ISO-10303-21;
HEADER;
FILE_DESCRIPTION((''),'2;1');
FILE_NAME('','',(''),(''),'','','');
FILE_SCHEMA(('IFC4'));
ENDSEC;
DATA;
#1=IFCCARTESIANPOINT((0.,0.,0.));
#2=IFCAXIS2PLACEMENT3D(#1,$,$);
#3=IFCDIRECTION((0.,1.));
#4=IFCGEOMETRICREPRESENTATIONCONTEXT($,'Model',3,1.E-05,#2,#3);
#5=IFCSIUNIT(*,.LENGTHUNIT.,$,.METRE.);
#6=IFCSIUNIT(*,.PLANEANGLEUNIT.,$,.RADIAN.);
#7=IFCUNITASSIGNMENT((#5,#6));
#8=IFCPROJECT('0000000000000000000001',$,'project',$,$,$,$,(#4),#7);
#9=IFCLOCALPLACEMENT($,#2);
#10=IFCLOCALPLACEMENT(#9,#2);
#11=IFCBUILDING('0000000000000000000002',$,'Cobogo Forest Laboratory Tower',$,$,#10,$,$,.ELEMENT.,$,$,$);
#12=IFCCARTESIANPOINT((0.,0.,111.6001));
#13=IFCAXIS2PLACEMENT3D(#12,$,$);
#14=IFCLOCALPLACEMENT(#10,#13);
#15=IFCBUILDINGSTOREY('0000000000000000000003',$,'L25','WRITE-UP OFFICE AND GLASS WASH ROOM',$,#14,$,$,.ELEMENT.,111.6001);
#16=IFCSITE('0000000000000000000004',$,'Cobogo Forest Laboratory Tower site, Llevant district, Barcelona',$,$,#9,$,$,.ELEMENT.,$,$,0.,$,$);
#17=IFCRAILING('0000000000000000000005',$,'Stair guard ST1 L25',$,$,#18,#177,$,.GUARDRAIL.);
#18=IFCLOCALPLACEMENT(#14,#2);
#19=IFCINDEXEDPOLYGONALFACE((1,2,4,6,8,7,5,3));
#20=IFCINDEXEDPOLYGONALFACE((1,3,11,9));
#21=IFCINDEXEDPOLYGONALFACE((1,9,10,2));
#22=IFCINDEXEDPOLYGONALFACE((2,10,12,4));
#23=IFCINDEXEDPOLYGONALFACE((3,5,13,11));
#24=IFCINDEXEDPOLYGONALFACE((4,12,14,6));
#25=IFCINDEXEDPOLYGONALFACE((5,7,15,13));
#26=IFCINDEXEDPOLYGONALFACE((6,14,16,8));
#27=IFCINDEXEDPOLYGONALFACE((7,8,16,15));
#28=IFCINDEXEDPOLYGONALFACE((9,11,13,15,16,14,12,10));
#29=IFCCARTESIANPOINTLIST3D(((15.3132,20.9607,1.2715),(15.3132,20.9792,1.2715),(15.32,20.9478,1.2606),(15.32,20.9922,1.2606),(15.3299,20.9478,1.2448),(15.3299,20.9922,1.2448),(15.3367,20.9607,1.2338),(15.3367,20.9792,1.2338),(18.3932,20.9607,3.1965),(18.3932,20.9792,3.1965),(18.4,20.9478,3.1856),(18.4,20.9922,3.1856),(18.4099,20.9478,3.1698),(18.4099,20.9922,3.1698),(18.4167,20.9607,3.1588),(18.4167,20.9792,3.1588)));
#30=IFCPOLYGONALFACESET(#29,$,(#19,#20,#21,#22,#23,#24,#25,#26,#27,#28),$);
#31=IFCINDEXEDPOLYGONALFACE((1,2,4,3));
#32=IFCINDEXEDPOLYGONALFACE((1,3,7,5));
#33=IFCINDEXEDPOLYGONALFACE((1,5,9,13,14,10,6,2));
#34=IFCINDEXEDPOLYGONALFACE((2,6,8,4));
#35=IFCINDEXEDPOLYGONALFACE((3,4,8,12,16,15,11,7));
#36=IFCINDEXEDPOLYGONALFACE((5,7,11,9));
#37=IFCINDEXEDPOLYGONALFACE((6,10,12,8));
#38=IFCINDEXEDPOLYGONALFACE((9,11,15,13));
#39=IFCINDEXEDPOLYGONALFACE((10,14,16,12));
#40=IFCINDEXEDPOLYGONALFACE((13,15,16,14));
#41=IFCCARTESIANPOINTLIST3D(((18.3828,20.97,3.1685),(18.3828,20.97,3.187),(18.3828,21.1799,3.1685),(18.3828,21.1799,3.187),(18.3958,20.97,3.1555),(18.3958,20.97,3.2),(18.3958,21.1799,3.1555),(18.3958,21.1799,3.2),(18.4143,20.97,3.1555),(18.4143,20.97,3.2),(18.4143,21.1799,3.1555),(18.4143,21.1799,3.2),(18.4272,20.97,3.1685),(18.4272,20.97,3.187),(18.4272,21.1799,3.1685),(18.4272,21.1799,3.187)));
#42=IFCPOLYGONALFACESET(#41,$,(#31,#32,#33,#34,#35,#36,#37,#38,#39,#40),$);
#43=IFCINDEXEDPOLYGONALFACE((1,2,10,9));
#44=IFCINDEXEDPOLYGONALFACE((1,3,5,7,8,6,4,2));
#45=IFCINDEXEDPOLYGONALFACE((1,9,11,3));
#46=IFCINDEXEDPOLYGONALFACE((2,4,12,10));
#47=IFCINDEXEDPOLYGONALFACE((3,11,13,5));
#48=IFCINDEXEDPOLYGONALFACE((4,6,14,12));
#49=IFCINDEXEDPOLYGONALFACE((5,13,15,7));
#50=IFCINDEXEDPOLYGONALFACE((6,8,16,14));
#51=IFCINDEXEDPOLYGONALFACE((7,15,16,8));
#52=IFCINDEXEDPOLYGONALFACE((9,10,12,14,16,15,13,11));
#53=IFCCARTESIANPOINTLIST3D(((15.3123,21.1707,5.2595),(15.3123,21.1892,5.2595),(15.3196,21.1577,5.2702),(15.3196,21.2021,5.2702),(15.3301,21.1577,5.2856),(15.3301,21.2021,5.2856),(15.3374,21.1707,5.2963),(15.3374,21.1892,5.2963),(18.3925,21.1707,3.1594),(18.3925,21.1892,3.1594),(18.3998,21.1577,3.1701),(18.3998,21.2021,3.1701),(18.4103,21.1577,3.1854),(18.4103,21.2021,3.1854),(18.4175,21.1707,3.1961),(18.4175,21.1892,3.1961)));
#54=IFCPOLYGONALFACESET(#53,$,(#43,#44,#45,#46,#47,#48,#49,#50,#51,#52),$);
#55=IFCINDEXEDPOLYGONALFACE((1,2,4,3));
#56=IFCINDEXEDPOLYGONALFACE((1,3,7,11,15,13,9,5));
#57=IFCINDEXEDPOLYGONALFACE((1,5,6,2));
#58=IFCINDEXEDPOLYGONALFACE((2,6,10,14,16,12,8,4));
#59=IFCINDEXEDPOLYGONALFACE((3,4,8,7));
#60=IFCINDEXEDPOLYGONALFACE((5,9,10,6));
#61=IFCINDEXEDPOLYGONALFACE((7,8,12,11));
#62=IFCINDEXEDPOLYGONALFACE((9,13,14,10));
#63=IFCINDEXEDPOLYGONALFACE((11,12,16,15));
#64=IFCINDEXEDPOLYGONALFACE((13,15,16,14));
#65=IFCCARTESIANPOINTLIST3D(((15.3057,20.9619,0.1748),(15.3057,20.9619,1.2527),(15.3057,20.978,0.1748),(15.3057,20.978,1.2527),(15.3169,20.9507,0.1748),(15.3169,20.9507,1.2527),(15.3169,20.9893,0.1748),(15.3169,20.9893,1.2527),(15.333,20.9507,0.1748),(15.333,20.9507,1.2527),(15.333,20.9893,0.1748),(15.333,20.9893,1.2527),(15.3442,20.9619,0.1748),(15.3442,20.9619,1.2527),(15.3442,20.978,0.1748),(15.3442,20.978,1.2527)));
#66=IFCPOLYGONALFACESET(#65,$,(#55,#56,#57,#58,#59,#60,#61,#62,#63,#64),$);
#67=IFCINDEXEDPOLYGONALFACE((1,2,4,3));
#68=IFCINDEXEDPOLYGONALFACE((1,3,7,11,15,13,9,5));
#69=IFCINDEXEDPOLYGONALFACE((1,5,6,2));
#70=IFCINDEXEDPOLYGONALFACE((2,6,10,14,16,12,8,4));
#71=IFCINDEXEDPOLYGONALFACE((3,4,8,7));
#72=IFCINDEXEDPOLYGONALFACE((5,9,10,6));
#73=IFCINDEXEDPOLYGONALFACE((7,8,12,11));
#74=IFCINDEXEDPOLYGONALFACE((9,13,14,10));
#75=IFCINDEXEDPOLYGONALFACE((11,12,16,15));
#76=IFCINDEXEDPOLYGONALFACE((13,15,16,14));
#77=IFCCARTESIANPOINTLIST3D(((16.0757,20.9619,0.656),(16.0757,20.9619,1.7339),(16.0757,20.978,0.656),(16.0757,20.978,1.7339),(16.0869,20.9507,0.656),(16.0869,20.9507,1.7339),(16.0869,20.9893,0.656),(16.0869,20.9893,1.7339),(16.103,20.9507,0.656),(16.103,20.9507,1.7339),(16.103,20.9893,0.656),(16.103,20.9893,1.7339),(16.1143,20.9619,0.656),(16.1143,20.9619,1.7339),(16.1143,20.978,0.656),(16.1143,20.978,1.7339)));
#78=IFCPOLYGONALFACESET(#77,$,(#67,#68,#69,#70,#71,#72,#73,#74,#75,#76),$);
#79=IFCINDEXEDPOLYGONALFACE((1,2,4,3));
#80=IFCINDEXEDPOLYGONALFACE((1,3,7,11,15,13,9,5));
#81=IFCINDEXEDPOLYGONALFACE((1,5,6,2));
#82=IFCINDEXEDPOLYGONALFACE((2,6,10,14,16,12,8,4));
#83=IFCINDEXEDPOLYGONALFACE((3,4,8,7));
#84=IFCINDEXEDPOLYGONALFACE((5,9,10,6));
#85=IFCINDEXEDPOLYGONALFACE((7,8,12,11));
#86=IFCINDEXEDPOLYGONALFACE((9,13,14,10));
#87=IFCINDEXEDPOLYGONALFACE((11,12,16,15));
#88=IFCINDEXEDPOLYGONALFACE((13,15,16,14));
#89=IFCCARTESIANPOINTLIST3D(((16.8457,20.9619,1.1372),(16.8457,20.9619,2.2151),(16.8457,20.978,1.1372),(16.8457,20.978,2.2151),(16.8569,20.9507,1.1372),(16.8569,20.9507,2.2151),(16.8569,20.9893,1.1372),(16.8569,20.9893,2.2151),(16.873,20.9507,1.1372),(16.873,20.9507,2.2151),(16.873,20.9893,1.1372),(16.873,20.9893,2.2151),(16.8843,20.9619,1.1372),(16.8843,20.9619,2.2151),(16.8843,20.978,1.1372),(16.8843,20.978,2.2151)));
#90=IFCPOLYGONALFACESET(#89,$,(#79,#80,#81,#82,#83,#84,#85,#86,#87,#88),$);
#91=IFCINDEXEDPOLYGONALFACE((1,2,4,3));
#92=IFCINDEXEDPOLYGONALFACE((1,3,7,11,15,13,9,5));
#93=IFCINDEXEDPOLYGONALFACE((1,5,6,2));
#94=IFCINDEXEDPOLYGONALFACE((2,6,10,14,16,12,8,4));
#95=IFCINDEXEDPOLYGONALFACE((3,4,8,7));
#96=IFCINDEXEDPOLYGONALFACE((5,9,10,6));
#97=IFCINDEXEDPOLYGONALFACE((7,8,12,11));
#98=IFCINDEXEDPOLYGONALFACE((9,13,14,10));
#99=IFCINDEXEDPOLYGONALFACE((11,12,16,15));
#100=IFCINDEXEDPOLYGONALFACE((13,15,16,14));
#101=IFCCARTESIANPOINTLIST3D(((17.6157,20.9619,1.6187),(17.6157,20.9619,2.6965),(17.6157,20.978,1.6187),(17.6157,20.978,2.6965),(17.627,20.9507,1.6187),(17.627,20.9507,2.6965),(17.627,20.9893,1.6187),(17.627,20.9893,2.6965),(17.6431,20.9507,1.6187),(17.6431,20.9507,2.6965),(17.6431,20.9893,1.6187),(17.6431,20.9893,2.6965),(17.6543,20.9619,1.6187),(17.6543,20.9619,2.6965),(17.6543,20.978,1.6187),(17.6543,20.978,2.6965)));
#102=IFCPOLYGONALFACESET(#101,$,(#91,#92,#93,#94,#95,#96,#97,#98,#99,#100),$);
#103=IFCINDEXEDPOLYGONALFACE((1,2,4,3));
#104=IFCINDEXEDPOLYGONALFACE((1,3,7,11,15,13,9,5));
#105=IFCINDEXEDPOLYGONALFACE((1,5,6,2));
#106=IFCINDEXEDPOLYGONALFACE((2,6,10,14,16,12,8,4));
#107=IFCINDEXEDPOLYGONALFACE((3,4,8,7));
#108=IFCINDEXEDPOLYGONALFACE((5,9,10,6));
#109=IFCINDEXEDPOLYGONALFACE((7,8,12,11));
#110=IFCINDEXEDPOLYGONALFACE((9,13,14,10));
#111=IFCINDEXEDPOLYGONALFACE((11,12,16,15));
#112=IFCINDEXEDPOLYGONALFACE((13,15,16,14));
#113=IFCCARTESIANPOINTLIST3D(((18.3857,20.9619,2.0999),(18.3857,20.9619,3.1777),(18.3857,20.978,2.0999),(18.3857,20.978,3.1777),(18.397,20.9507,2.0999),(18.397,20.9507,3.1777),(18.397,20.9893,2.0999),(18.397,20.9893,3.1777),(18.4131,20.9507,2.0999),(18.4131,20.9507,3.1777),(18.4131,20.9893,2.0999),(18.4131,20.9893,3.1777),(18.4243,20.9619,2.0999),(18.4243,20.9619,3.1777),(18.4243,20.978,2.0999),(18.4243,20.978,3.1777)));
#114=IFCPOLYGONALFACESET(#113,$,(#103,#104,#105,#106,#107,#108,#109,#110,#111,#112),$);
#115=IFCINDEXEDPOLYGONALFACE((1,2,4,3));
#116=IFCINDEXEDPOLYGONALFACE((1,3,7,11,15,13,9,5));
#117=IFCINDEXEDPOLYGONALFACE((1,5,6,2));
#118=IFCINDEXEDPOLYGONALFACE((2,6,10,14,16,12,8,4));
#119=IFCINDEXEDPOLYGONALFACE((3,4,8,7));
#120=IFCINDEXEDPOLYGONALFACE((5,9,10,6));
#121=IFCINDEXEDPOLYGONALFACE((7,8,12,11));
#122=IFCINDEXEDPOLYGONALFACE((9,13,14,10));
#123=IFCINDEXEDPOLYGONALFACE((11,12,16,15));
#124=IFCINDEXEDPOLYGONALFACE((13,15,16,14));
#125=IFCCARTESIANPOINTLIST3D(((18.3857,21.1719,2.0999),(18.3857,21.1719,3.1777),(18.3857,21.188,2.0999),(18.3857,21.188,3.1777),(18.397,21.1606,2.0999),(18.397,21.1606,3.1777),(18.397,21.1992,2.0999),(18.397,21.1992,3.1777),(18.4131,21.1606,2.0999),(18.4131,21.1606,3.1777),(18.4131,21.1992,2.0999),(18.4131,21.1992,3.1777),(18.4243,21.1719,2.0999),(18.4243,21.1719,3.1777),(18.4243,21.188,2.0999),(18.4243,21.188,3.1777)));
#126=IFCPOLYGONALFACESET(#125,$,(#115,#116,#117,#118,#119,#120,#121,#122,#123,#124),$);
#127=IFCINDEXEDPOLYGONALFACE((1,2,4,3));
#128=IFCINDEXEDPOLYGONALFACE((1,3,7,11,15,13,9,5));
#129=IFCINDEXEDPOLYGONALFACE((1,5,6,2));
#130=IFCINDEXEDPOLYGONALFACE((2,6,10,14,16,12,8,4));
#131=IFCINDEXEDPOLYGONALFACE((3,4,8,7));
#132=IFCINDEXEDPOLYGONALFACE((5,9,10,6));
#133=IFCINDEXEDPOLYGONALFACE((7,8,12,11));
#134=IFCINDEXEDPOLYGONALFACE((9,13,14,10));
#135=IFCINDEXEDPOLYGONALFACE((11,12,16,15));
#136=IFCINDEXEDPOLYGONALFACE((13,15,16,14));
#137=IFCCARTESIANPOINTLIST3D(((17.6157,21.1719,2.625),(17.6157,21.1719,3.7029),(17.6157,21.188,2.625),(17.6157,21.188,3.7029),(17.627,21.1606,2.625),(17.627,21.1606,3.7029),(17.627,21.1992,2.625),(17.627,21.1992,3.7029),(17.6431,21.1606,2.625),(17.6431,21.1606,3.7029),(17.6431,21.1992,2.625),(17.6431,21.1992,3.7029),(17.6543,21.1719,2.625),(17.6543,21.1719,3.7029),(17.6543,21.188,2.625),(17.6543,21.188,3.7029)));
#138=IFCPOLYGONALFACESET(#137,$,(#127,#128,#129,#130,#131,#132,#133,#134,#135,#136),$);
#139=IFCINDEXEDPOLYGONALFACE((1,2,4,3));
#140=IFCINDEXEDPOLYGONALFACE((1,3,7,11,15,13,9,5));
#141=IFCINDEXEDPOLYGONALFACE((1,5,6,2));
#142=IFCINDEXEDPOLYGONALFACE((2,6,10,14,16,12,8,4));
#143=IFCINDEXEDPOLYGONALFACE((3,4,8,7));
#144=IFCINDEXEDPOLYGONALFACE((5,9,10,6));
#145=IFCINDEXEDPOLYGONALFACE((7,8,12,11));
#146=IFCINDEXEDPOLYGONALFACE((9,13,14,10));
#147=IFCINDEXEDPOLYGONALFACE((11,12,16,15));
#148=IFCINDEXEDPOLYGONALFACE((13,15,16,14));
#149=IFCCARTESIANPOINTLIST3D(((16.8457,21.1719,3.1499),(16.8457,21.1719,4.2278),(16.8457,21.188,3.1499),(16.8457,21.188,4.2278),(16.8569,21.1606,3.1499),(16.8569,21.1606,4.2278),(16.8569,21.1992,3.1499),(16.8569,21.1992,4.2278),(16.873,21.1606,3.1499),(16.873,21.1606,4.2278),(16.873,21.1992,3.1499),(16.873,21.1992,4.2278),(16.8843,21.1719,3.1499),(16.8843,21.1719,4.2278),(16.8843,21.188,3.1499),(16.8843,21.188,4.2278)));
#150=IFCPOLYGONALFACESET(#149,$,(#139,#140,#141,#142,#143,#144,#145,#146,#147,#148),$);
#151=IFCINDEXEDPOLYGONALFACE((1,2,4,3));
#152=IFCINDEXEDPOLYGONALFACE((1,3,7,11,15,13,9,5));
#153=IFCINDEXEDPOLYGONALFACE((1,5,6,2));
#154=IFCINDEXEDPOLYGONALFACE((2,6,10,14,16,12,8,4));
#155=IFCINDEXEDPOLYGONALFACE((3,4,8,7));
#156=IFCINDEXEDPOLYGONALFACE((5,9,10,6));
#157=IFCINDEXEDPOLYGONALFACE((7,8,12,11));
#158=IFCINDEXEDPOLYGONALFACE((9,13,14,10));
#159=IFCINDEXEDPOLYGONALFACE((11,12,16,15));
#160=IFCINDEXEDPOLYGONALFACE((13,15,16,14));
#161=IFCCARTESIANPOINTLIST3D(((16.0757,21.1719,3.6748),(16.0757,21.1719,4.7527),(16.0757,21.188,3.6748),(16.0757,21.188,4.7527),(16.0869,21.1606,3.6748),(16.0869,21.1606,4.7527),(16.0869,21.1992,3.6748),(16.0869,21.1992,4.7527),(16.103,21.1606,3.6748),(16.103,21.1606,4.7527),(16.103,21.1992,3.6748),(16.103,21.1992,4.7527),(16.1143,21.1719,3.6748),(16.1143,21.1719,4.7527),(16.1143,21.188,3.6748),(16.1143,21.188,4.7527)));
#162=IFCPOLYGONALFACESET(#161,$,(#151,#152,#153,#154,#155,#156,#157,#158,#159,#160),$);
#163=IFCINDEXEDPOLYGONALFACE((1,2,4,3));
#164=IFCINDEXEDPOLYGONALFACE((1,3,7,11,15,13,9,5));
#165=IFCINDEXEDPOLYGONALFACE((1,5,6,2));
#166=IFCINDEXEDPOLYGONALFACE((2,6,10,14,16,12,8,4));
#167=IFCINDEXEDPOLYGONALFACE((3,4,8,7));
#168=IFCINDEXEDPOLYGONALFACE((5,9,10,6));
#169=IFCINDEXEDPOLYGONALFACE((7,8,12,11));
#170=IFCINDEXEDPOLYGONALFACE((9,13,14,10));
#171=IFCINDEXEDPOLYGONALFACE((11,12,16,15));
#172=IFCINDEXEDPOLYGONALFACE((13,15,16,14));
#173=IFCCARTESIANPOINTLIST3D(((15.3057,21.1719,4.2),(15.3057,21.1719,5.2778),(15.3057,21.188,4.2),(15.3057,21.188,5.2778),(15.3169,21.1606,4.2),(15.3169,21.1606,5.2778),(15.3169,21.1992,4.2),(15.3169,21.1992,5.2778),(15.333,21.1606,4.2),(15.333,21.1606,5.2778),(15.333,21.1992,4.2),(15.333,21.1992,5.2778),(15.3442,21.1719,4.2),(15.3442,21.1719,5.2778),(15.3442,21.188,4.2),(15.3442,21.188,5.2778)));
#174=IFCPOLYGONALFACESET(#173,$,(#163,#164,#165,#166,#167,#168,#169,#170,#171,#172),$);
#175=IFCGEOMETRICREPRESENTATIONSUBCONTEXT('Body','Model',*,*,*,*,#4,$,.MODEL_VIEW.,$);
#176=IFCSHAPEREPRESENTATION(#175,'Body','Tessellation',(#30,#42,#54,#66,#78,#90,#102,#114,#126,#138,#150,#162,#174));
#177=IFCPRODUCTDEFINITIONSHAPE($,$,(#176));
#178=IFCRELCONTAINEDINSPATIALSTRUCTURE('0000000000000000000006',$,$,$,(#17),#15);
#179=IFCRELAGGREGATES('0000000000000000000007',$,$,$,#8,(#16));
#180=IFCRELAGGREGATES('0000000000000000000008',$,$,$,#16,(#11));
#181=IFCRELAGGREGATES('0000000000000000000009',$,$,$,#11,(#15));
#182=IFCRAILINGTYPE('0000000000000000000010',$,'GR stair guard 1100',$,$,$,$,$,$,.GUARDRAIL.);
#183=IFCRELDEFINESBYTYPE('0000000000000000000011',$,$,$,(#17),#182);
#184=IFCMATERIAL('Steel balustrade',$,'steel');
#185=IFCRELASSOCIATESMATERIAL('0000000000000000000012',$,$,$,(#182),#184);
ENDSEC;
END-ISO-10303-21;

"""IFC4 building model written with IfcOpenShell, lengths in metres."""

from ifc_helpers import new_model, si_unit, direction, frame, origin, place, context, subcontext, project, spatial, polyline, outline, extrude, material, type_object, element, save


model = new_model("IFC4")

# Units and contexts
model_context = context("Model", 3, precision=1e-05, world=origin(), true_north=direction((0.0, 1.0)))
body_context = subcontext(model_context, "Body", "Model", "MODEL_VIEW")
ifc_project = project(units=[si_unit("LENGTHUNIT", "METRE"), si_unit("PLANEANGLEUNIT", "RADIAN")], contexts=[model_context])

# Site, building, storey
site_placement = place(None, origin())
site = spatial("IfcSite", under=ifc_project, at=site_placement, Name="Cobogo Forest Laboratory Tower site, Llevant district, Barcelona", CompositionType="ELEMENT", RefElevation=0.0)
building_placement = place(site_placement, origin())
building = spatial("IfcBuilding", under=site, at=building_placement, Name="Cobogo Forest Laboratory Tower", CompositionType="ELEMENT")
storey_placement = place(building_placement, frame((0.0, 0.0, 111.6001)))
storey = spatial("IfcBuildingStorey", under=building, at=storey_placement, Name="L25", Description="WRITE-UP OFFICE AND GLASS WASH ROOM", CompositionType="ELEMENT", Elevation=111.6001)

# Railing
ifc_material_1 = material(Name="Steel balustrade", Category="steel")
railing_type_1 = type_object("IfcRailingType", Name="GR stair guard 1100", PredefinedType="GUARDRAIL", material=ifc_material_1)
railing_1_placement = place(storey_placement, frame((15.325, 20.97, 0.1748)))
element("IfcRailing", 1, at=railing_1_placement, inside=storey, type_object=railing_type_1, Name="Stair guard ST1 L25", PredefinedType="GUARDRAIL", context=body_context, shape_type="SweptSolid", body=[
    extrude(outline(polyline([(0.0222, 0.0093), (0.0093, 0.0222), (-0.0093, 0.0222), (-0.0222, 0.0093), (-0.0222, -0.0093), (-0.0093, -0.0222), (0.0093, -0.0222), (0.0222, -0.0093), (0.0222, 0.0093)])), frame((0.0, 0.0, 1.0779), z_axis=(0.847998, 0.0, 0.529999), x_axis=(0.0, 1.0, 0.0)), (0.0, 0.0, 1.0), 3.6321),
    extrude(outline(polyline([(0.0222, 0.0093), (0.0093, 0.0222), (-0.0093, 0.0222), (-0.0222, 0.0093), (-0.0222, -0.0093), (-0.0093, -0.0222), (0.0093, -0.0222), (0.0222, -0.0093), (0.0222, 0.0093)])), frame((3.0801, 0.0, 3.0029), z_axis=(0.0, 1.0, 0.0), x_axis=(-1.0, 0.0, 0.0)), (0.0, 0.0, 1.0), 0.21),
    extrude(outline(polyline([(0.0222, 0.0093), (0.0093, 0.0222), (-0.0093, 0.0222), (-0.0222, 0.0093), (-0.0222, -0.0093), (-0.0093, -0.0222), (0.0093, -0.0222), (0.0222, -0.0093), (0.0222, 0.0093)])), frame((3.0801, 0.21, 3.0029), z_axis=(-0.826222, 0.0, 0.563345), x_axis=(0.0, -1.0, 0.0)), (0.0, 0.0, 1.0), 3.728),
    extrude(outline(polyline([(0.0193, 0.0081), (0.0081, 0.0193), (-0.0081, 0.0193), (-0.0193, 0.0081), (-0.0193, -0.0081), (-0.0081, -0.0193), (0.0081, -0.0193), (0.0193, -0.0081), (0.0193, 0.0081)])), origin(), (0.0, 0.0, 1.0), 1.0779),
    extrude(outline(polyline([(0.0193, 0.0081), (0.0081, 0.0193), (-0.0081, 0.0193), (-0.0193, 0.0081), (-0.0193, -0.0081), (-0.0081, -0.0193), (0.0081, -0.0193), (0.0193, -0.0081), (0.0193, 0.0081)])), frame((0.77, 0.0, 0.4812)), (0.0, 0.0, 1.0), 1.0779),
    extrude(outline(polyline([(0.0193, 0.0081), (0.0081, 0.0193), (-0.0081, 0.0193), (-0.0193, 0.0081), (-0.0193, -0.0081), (-0.0081, -0.0193), (0.0081, -0.0193), (0.0193, -0.0081), (0.0193, 0.0081)])), frame((1.54, 0.0, 0.9624)), (0.0, 0.0, 1.0), 1.0779),
    extrude(outline(polyline([(0.0193, 0.0081), (0.0081, 0.0193), (-0.0081, 0.0193), (-0.0193, 0.0081), (-0.0193, -0.0081), (-0.0081, -0.0193), (0.0081, -0.0193), (0.0193, -0.0081), (0.0193, 0.0081)])), frame((2.3101, 0.0, 1.4438)), (0.0, 0.0, 1.0), 1.0779),
    extrude(outline(polyline([(0.0193, 0.0081), (0.0081, 0.0193), (-0.0081, 0.0193), (-0.0193, 0.0081), (-0.0193, -0.0081), (-0.0081, -0.0193), (0.0081, -0.0193), (0.0193, -0.0081), (0.0193, 0.0081)])), frame((3.0801, 0.0, 1.925)), (0.0, 0.0, 1.0), 1.0779),
    extrude(outline(polyline([(0.0193, 0.0081), (0.0081, 0.0193), (-0.0081, 0.0193), (-0.0193, 0.0081), (-0.0193, -0.0081), (-0.0081, -0.0193), (0.0081, -0.0193), (0.0193, -0.0081), (0.0193, 0.0081)])), frame((3.0801, 0.21, 1.925)), (0.0, 0.0, 1.0), 1.0779),
    extrude(outline(polyline([(0.0193, 0.0081), (0.0081, 0.0193), (-0.0081, 0.0193), (-0.0193, 0.0081), (-0.0193, -0.0081), (-0.0081, -0.0193), (0.0081, -0.0193), (0.0193, -0.0081), (0.0193, 0.0081)])), frame((2.3101, 0.21, 2.4502)), (0.0, 0.0, 1.0), 1.0779),
    extrude(outline(polyline([(0.0193, 0.0081), (0.0081, 0.0193), (-0.0081, 0.0193), (-0.0193, 0.0081), (-0.0193, -0.0081), (-0.0081, -0.0193), (0.0081, -0.0193), (0.0193, -0.0081), (0.0193, 0.0081)])), frame((1.54, 0.21, 2.9751)), (0.0, 0.0, 1.0), 1.0779),
    extrude(outline(polyline([(0.0193, 0.0081), (0.0081, 0.0193), (-0.0081, 0.0193), (-0.0193, 0.0081), (-0.0193, -0.0081), (-0.0081, -0.0193), (0.0081, -0.0193), (0.0193, -0.0081), (0.0193, 0.0081)])), frame((0.77, 0.21, 3.5)), (0.0, 0.0, 1.0), 1.0779),
    extrude(outline(polyline([(0.0193, 0.0081), (0.0081, 0.0193), (-0.0081, 0.0193), (-0.0193, 0.0081), (-0.0193, -0.0081), (-0.0081, -0.0193), (0.0081, -0.0193), (0.0193, -0.0081), (0.0193, 0.0081)])), frame((0.0, 0.21, 4.0251)), (0.0, 0.0, 1.0), 1.0779),
])

save(model, "model.ifc")
